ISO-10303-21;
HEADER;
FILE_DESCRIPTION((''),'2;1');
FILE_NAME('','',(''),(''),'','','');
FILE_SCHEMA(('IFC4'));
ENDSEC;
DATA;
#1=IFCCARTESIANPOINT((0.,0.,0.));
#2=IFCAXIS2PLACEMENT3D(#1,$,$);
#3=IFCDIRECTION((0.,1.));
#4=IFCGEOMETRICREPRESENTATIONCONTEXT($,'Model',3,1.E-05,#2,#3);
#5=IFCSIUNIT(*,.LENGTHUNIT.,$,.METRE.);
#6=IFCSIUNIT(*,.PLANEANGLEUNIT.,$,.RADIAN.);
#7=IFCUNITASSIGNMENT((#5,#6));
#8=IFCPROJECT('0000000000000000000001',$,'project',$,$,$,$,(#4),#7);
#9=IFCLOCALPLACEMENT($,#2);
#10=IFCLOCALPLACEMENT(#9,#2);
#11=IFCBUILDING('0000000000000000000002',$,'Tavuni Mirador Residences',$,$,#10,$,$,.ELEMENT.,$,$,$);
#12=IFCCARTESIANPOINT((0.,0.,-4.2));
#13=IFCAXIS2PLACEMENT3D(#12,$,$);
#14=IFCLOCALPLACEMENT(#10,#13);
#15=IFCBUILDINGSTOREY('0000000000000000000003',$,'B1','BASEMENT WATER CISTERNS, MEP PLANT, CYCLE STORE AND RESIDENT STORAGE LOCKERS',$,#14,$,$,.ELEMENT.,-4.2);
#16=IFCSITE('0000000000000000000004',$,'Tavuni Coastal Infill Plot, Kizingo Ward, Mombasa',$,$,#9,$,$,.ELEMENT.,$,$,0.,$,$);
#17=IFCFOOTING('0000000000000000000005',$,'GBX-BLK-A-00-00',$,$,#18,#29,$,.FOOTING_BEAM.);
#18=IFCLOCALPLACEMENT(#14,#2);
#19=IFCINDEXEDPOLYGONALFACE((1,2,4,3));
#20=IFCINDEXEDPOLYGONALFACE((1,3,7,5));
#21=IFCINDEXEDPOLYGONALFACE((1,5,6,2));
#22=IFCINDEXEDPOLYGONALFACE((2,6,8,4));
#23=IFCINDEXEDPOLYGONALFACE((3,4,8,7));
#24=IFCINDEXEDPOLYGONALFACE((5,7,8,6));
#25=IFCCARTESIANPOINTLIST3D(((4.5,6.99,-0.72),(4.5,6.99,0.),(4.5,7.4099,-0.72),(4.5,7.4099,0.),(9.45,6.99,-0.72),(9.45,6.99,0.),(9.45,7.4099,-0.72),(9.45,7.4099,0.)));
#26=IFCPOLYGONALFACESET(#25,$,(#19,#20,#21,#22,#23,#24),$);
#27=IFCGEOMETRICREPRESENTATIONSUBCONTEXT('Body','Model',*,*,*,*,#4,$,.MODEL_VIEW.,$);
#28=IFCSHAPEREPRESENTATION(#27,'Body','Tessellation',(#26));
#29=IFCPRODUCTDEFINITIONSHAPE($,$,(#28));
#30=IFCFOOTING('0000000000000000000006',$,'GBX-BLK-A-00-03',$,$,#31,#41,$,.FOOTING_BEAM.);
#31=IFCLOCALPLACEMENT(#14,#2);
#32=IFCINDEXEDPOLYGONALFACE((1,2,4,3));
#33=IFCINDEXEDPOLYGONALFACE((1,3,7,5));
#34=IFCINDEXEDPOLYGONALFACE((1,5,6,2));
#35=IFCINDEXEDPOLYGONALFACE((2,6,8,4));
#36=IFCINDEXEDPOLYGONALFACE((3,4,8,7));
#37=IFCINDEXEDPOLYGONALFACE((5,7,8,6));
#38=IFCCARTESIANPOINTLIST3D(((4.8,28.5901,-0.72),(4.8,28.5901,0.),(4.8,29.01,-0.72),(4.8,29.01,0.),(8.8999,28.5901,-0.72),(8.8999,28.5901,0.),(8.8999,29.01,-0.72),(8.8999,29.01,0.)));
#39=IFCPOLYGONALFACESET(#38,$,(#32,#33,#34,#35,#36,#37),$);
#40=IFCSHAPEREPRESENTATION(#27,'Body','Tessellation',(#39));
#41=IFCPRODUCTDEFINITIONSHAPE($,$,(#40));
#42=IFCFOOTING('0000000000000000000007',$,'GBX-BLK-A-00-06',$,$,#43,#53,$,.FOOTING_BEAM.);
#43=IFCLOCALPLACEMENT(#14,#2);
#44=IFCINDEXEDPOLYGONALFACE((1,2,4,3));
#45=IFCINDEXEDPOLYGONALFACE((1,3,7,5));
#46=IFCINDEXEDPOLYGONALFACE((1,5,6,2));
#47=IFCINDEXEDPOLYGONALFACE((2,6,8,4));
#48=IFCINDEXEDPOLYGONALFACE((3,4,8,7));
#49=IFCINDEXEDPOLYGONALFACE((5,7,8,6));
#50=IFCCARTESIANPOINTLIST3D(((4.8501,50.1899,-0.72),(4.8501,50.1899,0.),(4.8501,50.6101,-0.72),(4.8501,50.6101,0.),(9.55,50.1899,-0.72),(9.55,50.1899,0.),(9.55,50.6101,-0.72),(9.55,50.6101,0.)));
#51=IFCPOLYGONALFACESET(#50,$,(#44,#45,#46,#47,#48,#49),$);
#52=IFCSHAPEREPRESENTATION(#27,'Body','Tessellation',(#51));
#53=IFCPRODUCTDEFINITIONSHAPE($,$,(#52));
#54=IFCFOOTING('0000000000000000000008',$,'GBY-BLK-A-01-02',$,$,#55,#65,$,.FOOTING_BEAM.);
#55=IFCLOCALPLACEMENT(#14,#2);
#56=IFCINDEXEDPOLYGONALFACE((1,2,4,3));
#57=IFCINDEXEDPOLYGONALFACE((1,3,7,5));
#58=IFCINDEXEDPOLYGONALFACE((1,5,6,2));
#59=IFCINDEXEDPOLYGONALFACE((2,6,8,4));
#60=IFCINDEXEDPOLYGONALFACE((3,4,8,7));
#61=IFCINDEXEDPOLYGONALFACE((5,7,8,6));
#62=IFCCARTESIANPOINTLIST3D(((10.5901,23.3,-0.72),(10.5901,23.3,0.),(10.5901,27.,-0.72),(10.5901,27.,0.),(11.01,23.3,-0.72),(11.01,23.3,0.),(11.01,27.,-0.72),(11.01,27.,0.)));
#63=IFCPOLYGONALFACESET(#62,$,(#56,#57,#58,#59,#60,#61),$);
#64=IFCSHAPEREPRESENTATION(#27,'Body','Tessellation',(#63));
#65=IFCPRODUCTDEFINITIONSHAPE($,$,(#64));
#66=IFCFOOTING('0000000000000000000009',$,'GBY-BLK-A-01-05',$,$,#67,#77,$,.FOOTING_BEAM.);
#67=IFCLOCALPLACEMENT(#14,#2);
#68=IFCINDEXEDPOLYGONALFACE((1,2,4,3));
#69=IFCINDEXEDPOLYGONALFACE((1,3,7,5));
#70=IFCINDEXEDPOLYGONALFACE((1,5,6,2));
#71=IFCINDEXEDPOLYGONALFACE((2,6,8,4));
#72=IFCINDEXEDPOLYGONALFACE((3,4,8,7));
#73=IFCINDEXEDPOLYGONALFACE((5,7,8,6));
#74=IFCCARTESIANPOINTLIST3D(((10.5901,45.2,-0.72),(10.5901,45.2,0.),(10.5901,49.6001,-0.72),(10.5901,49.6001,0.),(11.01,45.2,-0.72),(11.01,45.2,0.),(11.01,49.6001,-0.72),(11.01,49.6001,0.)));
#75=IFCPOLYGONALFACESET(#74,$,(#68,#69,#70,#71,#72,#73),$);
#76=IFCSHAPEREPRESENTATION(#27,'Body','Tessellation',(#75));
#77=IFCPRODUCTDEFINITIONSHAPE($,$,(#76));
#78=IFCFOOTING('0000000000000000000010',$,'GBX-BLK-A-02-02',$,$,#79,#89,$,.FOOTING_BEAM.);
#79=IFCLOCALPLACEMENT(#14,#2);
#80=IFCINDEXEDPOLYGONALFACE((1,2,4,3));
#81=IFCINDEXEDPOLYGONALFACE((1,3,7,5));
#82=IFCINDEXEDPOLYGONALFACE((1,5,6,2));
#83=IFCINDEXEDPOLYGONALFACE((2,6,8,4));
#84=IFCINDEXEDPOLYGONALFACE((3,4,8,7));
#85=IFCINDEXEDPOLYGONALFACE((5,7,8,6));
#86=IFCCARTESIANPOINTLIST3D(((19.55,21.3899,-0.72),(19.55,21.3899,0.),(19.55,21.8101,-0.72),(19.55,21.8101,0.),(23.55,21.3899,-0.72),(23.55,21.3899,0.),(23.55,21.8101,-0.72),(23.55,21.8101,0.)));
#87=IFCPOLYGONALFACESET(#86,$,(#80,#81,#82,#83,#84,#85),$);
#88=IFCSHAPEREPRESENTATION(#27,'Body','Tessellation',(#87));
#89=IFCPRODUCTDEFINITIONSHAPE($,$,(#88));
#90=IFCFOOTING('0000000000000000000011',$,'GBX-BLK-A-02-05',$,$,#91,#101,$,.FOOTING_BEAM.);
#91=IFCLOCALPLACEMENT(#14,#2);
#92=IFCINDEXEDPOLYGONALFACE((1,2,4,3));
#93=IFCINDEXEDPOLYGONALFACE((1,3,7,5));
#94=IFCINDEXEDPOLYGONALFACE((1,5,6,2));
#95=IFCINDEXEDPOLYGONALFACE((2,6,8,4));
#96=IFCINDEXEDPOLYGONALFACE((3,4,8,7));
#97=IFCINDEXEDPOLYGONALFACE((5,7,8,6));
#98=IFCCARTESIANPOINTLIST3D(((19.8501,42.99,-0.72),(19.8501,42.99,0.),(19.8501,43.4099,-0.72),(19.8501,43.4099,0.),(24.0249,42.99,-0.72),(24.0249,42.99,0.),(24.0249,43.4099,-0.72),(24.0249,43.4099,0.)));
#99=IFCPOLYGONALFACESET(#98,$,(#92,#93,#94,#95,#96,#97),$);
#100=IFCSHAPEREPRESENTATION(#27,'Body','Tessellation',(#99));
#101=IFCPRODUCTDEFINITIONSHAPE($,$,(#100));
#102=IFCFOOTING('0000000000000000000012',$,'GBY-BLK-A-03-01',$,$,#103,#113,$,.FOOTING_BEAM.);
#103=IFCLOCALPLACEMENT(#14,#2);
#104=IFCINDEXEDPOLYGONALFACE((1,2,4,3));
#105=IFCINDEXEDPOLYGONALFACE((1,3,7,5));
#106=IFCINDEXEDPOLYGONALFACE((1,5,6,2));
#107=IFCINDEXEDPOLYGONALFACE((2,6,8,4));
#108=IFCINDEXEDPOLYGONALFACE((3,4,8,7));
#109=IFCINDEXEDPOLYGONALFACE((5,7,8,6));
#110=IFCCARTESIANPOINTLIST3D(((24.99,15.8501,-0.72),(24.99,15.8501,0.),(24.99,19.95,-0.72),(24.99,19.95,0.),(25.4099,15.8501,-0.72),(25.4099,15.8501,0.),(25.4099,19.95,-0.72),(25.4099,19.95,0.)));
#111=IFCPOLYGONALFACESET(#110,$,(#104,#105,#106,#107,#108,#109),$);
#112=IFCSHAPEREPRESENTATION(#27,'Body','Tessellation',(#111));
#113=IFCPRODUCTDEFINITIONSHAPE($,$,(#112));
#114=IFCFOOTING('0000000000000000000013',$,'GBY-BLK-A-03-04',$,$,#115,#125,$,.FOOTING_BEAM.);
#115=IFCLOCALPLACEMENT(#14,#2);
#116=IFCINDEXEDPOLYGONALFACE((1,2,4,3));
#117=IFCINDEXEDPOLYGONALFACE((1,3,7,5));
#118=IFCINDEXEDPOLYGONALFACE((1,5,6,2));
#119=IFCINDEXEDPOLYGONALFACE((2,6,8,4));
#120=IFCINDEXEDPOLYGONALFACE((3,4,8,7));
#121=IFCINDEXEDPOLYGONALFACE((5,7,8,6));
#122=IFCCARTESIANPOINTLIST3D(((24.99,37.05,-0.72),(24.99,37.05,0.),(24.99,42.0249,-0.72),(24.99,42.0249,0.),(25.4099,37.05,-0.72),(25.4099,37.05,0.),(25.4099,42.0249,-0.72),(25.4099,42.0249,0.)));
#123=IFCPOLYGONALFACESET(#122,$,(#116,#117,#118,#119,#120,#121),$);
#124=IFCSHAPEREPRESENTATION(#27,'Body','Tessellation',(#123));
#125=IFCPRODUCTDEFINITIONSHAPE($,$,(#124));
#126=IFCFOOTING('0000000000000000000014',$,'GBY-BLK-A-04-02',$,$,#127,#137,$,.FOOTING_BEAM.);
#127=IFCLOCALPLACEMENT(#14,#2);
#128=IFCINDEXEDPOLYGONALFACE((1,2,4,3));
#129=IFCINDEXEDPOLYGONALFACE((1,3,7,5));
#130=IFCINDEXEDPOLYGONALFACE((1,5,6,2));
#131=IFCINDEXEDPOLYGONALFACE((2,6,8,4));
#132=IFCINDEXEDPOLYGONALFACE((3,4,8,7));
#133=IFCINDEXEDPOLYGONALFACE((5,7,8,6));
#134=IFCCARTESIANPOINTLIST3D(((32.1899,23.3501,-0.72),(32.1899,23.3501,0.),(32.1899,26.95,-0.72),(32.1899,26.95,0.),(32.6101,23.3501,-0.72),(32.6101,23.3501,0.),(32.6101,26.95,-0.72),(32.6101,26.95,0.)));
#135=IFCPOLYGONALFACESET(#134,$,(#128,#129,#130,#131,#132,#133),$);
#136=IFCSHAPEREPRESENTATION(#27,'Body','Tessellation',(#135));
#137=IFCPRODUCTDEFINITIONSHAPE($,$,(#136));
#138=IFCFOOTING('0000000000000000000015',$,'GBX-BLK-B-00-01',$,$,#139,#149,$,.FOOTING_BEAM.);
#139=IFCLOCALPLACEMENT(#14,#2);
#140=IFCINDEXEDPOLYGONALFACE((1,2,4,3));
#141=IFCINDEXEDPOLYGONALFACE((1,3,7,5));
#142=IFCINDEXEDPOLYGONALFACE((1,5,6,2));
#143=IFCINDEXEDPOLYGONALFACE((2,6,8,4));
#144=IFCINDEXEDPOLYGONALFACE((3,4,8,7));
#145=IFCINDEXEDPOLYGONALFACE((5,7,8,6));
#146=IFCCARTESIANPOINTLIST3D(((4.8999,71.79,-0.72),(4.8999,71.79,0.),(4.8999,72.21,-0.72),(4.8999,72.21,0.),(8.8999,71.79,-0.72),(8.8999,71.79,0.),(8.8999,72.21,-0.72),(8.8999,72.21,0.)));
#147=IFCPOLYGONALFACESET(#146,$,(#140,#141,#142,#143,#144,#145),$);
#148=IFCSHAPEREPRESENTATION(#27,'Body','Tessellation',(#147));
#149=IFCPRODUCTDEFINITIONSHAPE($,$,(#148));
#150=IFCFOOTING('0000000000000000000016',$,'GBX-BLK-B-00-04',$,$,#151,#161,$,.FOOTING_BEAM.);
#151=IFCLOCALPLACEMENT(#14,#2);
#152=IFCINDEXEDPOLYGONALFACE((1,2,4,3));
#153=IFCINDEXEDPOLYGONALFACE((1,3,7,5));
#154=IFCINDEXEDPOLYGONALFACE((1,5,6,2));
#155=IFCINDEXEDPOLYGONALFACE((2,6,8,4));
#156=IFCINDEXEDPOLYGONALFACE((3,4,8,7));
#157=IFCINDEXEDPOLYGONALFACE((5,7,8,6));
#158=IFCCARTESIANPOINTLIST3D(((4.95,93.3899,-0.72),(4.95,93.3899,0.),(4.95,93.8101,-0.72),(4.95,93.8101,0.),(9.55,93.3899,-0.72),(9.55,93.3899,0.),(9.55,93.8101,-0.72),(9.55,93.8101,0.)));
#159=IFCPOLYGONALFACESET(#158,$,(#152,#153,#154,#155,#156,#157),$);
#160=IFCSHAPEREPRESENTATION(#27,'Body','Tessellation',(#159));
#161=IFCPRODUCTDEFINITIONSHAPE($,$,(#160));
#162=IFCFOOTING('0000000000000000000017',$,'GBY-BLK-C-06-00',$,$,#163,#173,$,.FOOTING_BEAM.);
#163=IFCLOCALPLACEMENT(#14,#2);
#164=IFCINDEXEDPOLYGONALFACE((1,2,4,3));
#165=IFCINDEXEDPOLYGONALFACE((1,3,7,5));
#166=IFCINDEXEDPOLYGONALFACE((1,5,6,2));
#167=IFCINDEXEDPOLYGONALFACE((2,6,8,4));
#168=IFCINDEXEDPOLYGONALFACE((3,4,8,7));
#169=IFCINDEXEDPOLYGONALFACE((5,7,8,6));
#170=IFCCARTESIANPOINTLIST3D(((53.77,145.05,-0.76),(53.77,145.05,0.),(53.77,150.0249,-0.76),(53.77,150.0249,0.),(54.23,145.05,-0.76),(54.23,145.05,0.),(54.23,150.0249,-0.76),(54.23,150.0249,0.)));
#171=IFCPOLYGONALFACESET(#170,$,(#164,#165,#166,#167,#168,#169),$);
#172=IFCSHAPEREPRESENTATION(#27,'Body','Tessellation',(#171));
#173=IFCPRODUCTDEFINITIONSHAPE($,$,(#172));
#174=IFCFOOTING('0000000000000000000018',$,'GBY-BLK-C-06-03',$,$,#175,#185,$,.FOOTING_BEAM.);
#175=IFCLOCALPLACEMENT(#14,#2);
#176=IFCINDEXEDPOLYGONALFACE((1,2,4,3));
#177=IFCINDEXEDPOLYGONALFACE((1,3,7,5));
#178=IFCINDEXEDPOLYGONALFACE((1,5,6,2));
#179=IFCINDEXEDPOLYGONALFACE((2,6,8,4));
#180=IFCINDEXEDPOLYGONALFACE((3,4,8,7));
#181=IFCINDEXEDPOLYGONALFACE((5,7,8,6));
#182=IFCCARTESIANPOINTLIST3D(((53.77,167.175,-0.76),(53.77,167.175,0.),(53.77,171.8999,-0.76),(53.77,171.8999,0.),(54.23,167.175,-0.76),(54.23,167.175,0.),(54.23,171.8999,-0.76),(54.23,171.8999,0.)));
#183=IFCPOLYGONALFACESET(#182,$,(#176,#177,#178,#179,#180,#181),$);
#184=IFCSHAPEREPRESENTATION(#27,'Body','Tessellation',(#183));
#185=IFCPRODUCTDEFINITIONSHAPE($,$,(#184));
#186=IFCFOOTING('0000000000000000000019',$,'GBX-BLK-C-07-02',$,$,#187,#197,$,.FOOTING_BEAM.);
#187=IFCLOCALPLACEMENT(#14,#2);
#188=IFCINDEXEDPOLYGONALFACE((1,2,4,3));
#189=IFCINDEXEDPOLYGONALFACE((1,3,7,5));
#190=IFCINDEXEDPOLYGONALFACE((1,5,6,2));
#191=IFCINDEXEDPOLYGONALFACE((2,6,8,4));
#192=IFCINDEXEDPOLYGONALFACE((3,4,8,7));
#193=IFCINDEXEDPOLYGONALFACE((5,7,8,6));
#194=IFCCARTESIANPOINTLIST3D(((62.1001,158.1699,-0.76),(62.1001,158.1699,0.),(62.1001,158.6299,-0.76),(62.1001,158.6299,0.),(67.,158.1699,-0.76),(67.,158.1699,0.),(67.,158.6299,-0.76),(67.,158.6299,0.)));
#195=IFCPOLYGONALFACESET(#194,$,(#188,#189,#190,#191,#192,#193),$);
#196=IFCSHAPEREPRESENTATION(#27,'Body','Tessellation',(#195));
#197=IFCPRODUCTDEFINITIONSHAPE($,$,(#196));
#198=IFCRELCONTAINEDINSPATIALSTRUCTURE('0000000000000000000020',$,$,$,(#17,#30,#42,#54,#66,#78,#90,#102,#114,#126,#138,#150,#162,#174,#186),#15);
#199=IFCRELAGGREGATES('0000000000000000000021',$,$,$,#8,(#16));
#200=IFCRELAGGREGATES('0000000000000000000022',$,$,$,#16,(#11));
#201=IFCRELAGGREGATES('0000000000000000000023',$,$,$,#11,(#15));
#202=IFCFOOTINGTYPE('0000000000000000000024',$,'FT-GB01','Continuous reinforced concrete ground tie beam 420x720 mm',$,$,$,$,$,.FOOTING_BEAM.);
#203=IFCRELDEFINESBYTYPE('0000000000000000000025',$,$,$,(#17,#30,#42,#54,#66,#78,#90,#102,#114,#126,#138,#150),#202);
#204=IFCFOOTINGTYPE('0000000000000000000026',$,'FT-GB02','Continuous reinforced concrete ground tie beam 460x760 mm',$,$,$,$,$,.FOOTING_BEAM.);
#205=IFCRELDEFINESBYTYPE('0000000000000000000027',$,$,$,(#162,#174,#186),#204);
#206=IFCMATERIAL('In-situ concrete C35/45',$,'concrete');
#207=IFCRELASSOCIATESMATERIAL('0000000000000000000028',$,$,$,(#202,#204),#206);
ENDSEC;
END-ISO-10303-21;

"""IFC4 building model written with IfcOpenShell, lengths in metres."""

from ifc_helpers import new_model, si_unit, direction, frame, origin, place, context, subcontext, project, spatial, polyline, outline, extrude, material, type_object, element, save


model = new_model("IFC4")

# Units and contexts
model_context = context("Model", 3, precision=1e-05, world=origin(), true_north=direction((0.0, 1.0)))
body_context = subcontext(model_context, "Body", "Model", "MODEL_VIEW")
ifc_project = project(units=[si_unit("LENGTHUNIT", "METRE"), si_unit("PLANEANGLEUNIT", "RADIAN")], contexts=[model_context])

# Site, building, storey
site_placement = place(None, origin())
site = spatial("IfcSite", under=ifc_project, at=site_placement, Name="Tavuni Coastal Infill Plot, Kizingo Ward, Mombasa", CompositionType="ELEMENT", RefElevation=0.0)
building_placement = place(site_placement, origin())
building = spatial("IfcBuilding", under=site, at=building_placement, Name="Tavuni Mirador Residences", CompositionType="ELEMENT")
storey_placement = place(building_placement, frame((0.0, 0.0, -4.2)))
storey = spatial("IfcBuildingStorey", under=building, at=storey_placement, Name="B1", Description="BASEMENT WATER CISTERNS, MEP PLANT, CYCLE STORE AND RESIDENT STORAGE LOCKERS", CompositionType="ELEMENT", Elevation=-4.2)

# Footings
ifc_material = material(Name="In-situ concrete C35/45", Category="concrete")
footing_type_1 = type_object("IfcFootingType", Name="FT-GB01", Description="Continuous reinforced concrete ground tie beam 420x720 mm", PredefinedType="FOOTING_BEAM", material=ifc_material)
footing_1_placement = place(storey_placement, frame((0.0, 0.0, -0.72)))
element("IfcFooting", 1, at=footing_1_placement, inside=storey, type_object=footing_type_1, Name="GBX-BLK-A-00-00", PredefinedType="FOOTING_BEAM", context=body_context, shape_type="SweptSolid", body=[
    extrude(outline(polyline([(4.5, 6.99), (9.45, 6.99), (9.45, 7.4099), (4.5, 7.4099), (4.5, 6.99)])), origin(), (0.0, 0.0, 1.0), 0.72),
])
footing_2_placement = place(storey_placement, frame((0.0, 0.0, -0.72)))
element("IfcFooting", 2, at=footing_2_placement, inside=storey, type_object=footing_type_1, Name="GBX-BLK-A-00-03", PredefinedType="FOOTING_BEAM", context=body_context, shape_type="SweptSolid", body=[
    extrude(outline(polyline([(4.8, 28.5901), (8.8999, 28.5901), (8.8999, 29.01), (4.8, 29.01), (4.8, 28.5901)])), origin(), (0.0, 0.0, 1.0), 0.72),
])
footing_3_placement = place(storey_placement, frame((0.0, 0.0, -0.72)))
element("IfcFooting", 3, at=footing_3_placement, inside=storey, type_object=footing_type_1, Name="GBX-BLK-A-00-06", PredefinedType="FOOTING_BEAM", context=body_context, shape_type="SweptSolid", body=[
    extrude(outline(polyline([(4.8501, 50.1899), (9.55, 50.1899), (9.55, 50.6101), (4.8501, 50.6101), (4.8501, 50.1899)])), origin(), (0.0, 0.0, 1.0), 0.72),
])
footing_4_placement = place(storey_placement, frame((0.0, 0.0, -0.72)))
element("IfcFooting", 4, at=footing_4_placement, inside=storey, type_object=footing_type_1, Name="GBY-BLK-A-01-02", PredefinedType="FOOTING_BEAM", context=body_context, shape_type="SweptSolid", body=[
    extrude(outline(polyline([(10.5901, 23.3), (11.01, 23.3), (11.01, 27.0), (10.5901, 27.0), (10.5901, 23.3)])), origin(), (0.0, 0.0, 1.0), 0.72),
])
footing_5_placement = place(storey_placement, frame((0.0, 0.0, -0.72)))
element("IfcFooting", 5, at=footing_5_placement, inside=storey, type_object=footing_type_1, Name="GBY-BLK-A-01-05", PredefinedType="FOOTING_BEAM", context=body_context, shape_type="SweptSolid", body=[
    extrude(outline(polyline([(10.5901, 45.2), (11.01, 45.2), (11.01, 49.6001), (10.5901, 49.6001), (10.5901, 45.2)])), origin(), (0.0, 0.0, 1.0), 0.72),
])
footing_6_placement = place(storey_placement, frame((0.0, 0.0, -0.72)))
element("IfcFooting", 6, at=footing_6_placement, inside=storey, type_object=footing_type_1, Name="GBX-BLK-A-02-02", PredefinedType="FOOTING_BEAM", context=body_context, shape_type="SweptSolid", body=[
    extrude(outline(polyline([(19.55, 21.3899), (23.55, 21.3899), (23.55, 21.8101), (19.55, 21.8101), (19.55, 21.3899)])), origin(), (0.0, 0.0, 1.0), 0.72),
])
footing_7_placement = place(storey_placement, frame((0.0, 0.0, -0.72)))
element("IfcFooting", 7, at=footing_7_placement, inside=storey, type_object=footing_type_1, Name="GBX-BLK-A-02-05", PredefinedType="FOOTING_BEAM", context=body_context, shape_type="SweptSolid", body=[
    extrude(outline(polyline([(19.8501, 42.99), (24.0249, 42.99), (24.0249, 43.4099), (19.8501, 43.4099), (19.8501, 42.99)])), origin(), (0.0, 0.0, 1.0), 0.72),
])
footing_8_placement = place(storey_placement, frame((0.0, 0.0, -0.72)))
element("IfcFooting", 8, at=footing_8_placement, inside=storey, type_object=footing_type_1, Name="GBY-BLK-A-03-01", PredefinedType="FOOTING_BEAM", context=body_context, shape_type="SweptSolid", body=[
    extrude(outline(polyline([(24.99, 15.8501), (25.4099, 15.8501), (25.4099, 19.95), (24.99, 19.95), (24.99, 15.8501)])), origin(), (0.0, 0.0, 1.0), 0.72),
])
footing_9_placement = place(storey_placement, frame((0.0, 0.0, -0.72)))
element("IfcFooting", 9, at=footing_9_placement, inside=storey, type_object=footing_type_1, Name="GBY-BLK-A-03-04", PredefinedType="FOOTING_BEAM", context=body_context, shape_type="SweptSolid", body=[
    extrude(outline(polyline([(24.99, 37.05), (25.4099, 37.05), (25.4099, 42.0249), (24.99, 42.0249), (24.99, 37.05)])), origin(), (0.0, 0.0, 1.0), 0.72),
])
footing_10_placement = place(storey_placement, frame((0.0, 0.0, -0.72)))
element("IfcFooting", 10, at=footing_10_placement, inside=storey, type_object=footing_type_1, Name="GBY-BLK-A-04-02", PredefinedType="FOOTING_BEAM", context=body_context, shape_type="SweptSolid", body=[
    extrude(outline(polyline([(32.1899, 23.3501), (32.6101, 23.3501), (32.6101, 26.95), (32.1899, 26.95), (32.1899, 23.3501)])), origin(), (0.0, 0.0, 1.0), 0.72),
])
footing_11_placement = place(storey_placement, frame((0.0, 0.0, -0.72)))
element("IfcFooting", 11, at=footing_11_placement, inside=storey, type_object=footing_type_1, Name="GBX-BLK-B-00-01", PredefinedType="FOOTING_BEAM", context=body_context, shape_type="SweptSolid", body=[
    extrude(outline(polyline([(4.8999, 71.79), (8.8999, 71.79), (8.8999, 72.21), (4.8999, 72.21), (4.8999, 71.79)])), origin(), (0.0, 0.0, 1.0), 0.72),
])
footing_12_placement = place(storey_placement, frame((0.0, 0.0, -0.72)))
element("IfcFooting", 12, at=footing_12_placement, inside=storey, type_object=footing_type_1, Name="GBX-BLK-B-00-04", PredefinedType="FOOTING_BEAM", context=body_context, shape_type="SweptSolid", body=[
    extrude(outline(polyline([(4.95, 93.3899), (9.55, 93.3899), (9.55, 93.8101), (4.95, 93.8101), (4.95, 93.3899)])), origin(), (0.0, 0.0, 1.0), 0.72),
])
footing_type_2 = type_object("IfcFootingType", Name="FT-GB02", Description="Continuous reinforced concrete ground tie beam 460x760 mm", PredefinedType="FOOTING_BEAM", material=ifc_material)
footing_13_placement = place(storey_placement, frame((0.0, 0.0, -0.76)))
element("IfcFooting", 13, at=footing_13_placement, inside=storey, type_object=footing_type_2, Name="GBY-BLK-C-06-00", PredefinedType="FOOTING_BEAM", context=body_context, shape_type="SweptSolid", body=[
    extrude(outline(polyline([(53.77, 145.05), (54.23, 145.05), (54.23, 150.0249), (53.77, 150.0249), (53.77, 145.05)])), origin(), (0.0, 0.0, 1.0), 0.76),
])
footing_14_placement = place(storey_placement, frame((0.0, 0.0, -0.76)))
element("IfcFooting", 14, at=footing_14_placement, inside=storey, type_object=footing_type_2, Name="GBY-BLK-C-06-03", PredefinedType="FOOTING_BEAM", context=body_context, shape_type="SweptSolid", body=[
    extrude(outline(polyline([(53.77, 167.175), (54.23, 167.175), (54.23, 171.8999), (53.77, 171.8999), (53.77, 167.175)])), origin(), (0.0, 0.0, 1.0), 0.76),
])
footing_15_placement = place(storey_placement, frame((0.0, 0.0, -0.76)))
element("IfcFooting", 15, at=footing_15_placement, inside=storey, type_object=footing_type_2, Name="GBX-BLK-C-07-02", PredefinedType="FOOTING_BEAM", context=body_context, shape_type="SweptSolid", body=[
    extrude(outline(polyline([(62.1001, 158.1699), (67.0, 158.1699), (67.0, 158.6299), (62.1001, 158.6299), (62.1001, 158.1699)])), origin(), (0.0, 0.0, 1.0), 0.76),
])

save(model, "model.ifc")
